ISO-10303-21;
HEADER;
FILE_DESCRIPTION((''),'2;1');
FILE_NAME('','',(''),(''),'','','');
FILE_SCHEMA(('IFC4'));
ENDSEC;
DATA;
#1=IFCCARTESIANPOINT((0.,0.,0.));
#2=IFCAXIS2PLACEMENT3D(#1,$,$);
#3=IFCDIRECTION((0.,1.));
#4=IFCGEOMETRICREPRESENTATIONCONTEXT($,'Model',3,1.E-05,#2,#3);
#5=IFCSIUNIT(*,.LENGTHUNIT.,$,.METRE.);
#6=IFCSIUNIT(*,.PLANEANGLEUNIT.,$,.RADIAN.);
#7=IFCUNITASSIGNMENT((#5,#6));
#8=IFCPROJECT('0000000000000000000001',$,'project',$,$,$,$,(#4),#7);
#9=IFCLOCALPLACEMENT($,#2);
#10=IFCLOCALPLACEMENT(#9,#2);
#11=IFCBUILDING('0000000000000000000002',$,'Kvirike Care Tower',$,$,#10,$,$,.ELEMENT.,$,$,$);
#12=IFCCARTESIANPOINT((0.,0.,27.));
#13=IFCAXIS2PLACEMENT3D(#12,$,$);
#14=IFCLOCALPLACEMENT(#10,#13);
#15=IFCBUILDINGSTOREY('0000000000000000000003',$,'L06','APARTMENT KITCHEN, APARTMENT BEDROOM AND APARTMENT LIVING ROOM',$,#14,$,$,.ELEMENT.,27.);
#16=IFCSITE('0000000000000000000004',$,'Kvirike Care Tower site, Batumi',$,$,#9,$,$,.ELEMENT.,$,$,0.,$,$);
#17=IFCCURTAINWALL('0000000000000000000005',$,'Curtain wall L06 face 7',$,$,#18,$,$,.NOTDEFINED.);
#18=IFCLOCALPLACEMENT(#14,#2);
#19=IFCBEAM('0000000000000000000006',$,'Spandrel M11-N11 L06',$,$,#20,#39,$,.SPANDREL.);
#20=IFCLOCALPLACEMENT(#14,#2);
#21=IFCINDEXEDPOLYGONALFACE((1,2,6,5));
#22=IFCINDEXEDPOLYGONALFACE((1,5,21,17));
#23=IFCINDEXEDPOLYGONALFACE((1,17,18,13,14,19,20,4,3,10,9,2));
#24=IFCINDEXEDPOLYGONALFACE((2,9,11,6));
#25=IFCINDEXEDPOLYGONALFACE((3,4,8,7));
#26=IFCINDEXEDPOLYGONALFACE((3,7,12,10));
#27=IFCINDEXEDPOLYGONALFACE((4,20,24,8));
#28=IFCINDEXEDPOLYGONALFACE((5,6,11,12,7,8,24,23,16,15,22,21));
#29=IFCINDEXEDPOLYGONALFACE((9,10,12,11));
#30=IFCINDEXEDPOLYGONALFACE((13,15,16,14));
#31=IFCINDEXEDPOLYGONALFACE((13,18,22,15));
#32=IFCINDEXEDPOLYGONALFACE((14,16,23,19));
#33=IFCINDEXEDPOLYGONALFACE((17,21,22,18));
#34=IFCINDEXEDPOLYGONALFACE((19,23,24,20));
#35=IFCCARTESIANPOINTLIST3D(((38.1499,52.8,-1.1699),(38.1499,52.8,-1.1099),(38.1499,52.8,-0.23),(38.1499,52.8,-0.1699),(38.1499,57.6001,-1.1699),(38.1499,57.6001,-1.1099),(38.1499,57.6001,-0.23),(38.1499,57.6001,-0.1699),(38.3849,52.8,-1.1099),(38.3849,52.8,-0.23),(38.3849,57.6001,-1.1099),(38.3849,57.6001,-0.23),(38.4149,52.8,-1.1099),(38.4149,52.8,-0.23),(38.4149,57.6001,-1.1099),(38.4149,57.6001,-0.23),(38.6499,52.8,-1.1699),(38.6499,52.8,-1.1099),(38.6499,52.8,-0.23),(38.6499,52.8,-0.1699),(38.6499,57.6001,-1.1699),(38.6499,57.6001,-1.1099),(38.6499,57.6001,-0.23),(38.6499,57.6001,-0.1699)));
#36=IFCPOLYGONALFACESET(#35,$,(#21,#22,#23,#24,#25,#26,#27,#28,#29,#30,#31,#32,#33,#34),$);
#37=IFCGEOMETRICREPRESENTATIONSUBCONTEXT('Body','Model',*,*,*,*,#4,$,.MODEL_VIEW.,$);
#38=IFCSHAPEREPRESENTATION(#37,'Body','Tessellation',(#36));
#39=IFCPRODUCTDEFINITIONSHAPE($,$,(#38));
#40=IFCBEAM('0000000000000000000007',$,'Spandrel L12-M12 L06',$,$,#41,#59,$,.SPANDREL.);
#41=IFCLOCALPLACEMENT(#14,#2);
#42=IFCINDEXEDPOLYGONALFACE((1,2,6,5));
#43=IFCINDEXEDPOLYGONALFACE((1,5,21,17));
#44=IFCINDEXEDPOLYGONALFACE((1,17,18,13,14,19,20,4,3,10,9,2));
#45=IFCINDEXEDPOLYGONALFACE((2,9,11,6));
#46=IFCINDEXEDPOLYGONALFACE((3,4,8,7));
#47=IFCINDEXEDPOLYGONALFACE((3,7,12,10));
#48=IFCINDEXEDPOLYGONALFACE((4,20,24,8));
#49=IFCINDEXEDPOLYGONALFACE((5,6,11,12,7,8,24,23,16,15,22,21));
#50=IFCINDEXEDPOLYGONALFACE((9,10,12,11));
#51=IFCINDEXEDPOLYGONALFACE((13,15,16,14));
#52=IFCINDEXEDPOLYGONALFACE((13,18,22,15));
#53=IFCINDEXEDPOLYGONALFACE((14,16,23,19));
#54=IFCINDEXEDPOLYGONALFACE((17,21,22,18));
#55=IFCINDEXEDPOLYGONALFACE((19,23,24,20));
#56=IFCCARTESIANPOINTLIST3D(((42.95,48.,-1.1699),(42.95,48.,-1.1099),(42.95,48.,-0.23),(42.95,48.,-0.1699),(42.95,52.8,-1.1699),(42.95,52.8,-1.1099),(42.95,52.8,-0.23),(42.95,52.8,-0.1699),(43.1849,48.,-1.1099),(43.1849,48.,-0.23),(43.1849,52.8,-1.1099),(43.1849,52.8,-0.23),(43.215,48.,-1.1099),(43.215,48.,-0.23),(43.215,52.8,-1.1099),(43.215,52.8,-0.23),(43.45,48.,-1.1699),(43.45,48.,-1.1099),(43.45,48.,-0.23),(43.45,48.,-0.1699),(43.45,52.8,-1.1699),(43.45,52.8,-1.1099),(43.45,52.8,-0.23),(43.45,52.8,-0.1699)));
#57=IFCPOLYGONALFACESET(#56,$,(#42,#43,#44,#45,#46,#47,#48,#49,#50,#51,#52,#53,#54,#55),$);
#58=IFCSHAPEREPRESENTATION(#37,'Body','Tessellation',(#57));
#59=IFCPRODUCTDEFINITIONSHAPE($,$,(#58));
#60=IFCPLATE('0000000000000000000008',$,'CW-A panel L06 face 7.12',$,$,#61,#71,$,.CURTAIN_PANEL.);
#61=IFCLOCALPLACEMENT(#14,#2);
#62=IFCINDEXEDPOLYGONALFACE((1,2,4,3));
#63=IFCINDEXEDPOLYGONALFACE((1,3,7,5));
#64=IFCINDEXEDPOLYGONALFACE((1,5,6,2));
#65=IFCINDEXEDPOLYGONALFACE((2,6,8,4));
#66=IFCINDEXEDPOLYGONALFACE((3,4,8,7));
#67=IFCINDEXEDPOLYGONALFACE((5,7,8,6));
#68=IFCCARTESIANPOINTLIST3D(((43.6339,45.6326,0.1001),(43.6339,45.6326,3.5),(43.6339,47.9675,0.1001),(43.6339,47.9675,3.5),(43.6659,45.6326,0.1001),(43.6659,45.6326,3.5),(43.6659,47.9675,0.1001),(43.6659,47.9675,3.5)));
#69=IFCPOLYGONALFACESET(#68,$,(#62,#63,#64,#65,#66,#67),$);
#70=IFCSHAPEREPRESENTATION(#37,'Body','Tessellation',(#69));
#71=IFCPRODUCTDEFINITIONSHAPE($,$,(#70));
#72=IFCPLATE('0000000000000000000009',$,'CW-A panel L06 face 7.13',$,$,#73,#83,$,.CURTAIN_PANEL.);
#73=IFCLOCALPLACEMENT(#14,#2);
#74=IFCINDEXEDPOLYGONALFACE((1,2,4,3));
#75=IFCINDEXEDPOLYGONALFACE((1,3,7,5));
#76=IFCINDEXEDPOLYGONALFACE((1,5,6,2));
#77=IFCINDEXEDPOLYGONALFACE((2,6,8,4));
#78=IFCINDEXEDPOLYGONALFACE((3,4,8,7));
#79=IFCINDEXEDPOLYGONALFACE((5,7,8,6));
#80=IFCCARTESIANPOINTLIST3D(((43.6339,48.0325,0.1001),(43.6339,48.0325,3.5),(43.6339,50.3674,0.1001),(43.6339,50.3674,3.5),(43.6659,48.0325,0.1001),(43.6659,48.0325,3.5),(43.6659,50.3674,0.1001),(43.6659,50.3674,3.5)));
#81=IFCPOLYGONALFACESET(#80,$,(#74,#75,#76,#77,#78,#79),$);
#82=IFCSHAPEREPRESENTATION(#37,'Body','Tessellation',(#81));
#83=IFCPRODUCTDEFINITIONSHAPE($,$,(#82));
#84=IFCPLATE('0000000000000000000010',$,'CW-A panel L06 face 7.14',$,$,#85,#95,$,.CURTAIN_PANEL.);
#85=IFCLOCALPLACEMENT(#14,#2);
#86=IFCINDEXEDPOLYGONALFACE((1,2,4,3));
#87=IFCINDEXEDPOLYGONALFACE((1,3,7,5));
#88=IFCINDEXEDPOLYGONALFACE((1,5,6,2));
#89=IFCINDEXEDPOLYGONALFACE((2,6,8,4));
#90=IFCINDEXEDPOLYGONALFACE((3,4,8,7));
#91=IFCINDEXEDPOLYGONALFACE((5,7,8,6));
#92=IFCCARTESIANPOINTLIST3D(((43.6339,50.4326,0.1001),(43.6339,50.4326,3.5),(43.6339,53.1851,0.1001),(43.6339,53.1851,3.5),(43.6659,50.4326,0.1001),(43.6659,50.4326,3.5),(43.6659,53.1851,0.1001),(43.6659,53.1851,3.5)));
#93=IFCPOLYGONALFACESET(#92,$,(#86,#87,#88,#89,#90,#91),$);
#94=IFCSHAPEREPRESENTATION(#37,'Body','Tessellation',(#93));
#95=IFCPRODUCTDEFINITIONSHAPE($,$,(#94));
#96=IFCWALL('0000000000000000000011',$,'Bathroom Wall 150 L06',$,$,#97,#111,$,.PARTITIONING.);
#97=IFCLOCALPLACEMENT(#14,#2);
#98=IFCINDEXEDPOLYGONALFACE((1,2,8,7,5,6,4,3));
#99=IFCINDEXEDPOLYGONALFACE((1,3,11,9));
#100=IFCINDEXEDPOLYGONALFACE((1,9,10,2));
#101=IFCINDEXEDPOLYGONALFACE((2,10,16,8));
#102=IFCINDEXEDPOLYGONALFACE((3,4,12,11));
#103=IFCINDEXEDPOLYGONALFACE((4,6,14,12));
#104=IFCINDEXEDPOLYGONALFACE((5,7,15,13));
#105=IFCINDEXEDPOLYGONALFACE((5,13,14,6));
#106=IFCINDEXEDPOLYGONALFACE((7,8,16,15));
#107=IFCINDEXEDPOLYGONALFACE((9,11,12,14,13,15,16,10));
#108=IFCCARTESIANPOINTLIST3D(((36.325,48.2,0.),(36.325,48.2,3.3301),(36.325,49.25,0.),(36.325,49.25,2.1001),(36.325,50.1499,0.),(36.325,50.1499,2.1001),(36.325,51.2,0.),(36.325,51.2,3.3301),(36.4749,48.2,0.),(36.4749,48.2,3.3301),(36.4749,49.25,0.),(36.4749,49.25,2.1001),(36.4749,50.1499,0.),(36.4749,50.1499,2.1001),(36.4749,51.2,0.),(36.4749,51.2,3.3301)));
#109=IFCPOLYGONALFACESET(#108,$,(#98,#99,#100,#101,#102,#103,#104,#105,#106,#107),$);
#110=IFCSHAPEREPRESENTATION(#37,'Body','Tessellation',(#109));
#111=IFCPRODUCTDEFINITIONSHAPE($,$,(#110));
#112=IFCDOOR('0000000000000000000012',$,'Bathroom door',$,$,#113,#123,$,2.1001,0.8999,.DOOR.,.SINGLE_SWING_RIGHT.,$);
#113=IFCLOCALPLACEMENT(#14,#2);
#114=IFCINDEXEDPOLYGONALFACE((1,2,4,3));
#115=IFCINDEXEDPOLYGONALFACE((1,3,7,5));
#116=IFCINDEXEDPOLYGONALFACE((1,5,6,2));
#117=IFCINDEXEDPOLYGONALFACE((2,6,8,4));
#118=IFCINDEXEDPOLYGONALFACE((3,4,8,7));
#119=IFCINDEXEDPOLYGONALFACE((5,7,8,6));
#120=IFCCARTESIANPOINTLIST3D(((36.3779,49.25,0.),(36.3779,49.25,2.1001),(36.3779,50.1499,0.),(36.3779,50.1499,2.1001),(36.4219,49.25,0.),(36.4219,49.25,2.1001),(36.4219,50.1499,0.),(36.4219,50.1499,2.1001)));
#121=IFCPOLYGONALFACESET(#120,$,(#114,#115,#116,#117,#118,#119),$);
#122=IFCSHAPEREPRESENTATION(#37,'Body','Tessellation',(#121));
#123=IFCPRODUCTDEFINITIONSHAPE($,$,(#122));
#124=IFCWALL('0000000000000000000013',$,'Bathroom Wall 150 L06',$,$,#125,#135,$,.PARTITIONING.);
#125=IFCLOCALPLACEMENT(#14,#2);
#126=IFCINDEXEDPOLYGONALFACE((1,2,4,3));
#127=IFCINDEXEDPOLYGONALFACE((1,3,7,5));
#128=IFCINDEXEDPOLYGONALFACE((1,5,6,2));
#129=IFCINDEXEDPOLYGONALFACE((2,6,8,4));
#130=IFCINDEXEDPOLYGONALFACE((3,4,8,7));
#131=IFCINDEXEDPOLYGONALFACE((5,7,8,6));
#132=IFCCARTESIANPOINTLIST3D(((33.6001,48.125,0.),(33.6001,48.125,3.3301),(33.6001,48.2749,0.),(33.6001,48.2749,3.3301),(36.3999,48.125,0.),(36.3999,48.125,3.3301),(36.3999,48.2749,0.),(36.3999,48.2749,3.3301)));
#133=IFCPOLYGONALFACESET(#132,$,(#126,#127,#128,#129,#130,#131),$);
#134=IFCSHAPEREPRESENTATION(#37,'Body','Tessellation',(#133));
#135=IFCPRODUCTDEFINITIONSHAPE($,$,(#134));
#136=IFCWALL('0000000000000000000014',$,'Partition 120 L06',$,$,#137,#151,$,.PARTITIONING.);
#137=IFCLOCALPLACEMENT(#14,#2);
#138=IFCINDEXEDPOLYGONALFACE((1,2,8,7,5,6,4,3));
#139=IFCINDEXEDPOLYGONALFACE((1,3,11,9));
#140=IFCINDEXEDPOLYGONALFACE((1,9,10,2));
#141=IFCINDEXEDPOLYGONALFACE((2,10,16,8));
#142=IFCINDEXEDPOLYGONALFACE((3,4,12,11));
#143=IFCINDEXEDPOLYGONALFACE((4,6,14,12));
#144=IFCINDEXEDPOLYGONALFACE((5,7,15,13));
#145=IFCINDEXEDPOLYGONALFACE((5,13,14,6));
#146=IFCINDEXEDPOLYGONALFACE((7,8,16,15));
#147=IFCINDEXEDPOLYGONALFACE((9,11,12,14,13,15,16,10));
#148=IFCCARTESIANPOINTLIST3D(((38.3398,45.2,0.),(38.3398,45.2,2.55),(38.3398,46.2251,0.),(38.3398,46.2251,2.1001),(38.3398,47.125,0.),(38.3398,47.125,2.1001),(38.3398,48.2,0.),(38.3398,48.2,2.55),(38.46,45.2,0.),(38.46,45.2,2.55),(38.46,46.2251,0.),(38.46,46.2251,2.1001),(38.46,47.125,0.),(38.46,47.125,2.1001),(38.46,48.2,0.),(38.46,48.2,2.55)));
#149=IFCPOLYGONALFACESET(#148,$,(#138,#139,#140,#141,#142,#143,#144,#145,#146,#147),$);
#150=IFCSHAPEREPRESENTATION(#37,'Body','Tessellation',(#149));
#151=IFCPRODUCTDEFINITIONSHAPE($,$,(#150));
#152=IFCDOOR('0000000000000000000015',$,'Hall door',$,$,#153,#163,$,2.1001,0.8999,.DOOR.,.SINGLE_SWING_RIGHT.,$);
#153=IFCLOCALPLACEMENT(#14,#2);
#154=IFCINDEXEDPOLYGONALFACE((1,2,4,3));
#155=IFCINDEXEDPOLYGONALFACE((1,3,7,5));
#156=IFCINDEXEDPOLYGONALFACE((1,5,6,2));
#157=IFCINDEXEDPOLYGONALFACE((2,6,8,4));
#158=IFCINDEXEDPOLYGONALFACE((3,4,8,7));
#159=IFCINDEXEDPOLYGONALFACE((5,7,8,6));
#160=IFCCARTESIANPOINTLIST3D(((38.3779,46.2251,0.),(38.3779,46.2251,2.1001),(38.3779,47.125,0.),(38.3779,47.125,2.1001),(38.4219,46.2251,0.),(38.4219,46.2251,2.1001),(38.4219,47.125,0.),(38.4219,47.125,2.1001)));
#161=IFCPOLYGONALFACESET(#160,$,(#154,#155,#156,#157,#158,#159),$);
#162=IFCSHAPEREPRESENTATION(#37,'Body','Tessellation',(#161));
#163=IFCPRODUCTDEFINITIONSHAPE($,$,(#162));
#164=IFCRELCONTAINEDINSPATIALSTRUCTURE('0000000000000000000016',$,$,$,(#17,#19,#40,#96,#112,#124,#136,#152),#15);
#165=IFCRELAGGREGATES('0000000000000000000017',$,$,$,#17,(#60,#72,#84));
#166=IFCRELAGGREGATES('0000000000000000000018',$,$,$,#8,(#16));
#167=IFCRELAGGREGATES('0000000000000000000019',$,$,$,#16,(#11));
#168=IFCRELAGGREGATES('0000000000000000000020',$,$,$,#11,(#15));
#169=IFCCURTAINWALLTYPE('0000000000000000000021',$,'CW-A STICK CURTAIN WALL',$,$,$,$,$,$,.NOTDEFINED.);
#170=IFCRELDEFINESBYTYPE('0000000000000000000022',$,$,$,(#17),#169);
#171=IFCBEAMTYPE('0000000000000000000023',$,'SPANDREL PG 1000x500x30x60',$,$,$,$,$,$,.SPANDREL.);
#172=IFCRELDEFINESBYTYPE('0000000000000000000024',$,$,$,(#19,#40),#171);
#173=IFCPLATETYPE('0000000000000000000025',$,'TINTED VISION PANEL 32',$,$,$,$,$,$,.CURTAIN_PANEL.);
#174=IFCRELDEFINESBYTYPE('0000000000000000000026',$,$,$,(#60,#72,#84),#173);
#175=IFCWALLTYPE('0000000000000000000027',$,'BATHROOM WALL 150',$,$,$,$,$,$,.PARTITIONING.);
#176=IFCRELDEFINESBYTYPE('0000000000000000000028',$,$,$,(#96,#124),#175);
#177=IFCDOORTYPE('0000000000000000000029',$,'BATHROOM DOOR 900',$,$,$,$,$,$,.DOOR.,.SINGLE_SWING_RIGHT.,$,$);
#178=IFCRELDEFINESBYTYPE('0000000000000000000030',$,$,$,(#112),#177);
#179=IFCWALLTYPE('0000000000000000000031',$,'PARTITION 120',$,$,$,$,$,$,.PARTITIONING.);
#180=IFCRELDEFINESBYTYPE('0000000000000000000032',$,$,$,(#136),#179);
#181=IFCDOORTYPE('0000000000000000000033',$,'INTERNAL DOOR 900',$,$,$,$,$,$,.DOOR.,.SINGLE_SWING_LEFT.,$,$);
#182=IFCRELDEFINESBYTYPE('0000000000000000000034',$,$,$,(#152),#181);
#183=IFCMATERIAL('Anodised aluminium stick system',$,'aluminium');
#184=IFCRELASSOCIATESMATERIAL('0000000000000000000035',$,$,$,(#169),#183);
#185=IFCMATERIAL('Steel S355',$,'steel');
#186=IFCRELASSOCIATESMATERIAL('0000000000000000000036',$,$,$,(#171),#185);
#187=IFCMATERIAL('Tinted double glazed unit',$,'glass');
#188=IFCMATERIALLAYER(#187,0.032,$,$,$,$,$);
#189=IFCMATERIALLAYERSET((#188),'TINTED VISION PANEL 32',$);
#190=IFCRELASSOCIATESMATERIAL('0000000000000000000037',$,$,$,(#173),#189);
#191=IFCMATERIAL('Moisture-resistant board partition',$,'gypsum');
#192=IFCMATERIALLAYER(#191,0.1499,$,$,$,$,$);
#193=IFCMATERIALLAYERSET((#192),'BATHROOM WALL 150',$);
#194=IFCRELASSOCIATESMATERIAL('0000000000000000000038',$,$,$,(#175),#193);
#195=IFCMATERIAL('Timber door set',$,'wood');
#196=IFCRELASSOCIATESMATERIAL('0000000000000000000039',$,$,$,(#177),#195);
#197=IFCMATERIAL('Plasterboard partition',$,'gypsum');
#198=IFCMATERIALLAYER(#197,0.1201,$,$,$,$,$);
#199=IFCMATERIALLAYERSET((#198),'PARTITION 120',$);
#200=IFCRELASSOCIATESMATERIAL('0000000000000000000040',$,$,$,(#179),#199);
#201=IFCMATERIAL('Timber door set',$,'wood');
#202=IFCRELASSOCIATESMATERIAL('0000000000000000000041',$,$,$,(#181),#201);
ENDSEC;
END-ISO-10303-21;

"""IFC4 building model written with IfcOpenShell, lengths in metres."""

from ifc_helpers import new_model, si_unit, direction, frame, frame_2d, origin, origin_2d, place, context, subcontext, project, spatial, rectangle, i_section, extrude, material, layer, layer_set, material_profile, profile_set, type_object, element, fill, aggregate, save


model = new_model("IFC4")

# Units and contexts
model_context = context("Model", 3, precision=1e-05, world=origin(), true_north=direction((0.0, 1.0)))
body_context = subcontext(model_context, "Body", "Model", "MODEL_VIEW")
ifc_project = project(units=[si_unit("LENGTHUNIT", "METRE"), si_unit("PLANEANGLEUNIT", "RADIAN")], contexts=[model_context])

# Site, building, storey
site_placement = place(None, origin())
site = spatial("IfcSite", under=ifc_project, at=site_placement, Name="Kvirike Care Tower site, Batumi", CompositionType="ELEMENT", RefElevation=0.0)
building_placement = place(site_placement, origin())
building = spatial("IfcBuilding", under=site, at=building_placement, Name="Kvirike Care Tower", CompositionType="ELEMENT")
storey_placement = place(building_placement, frame((0.0, 0.0, 27.0)))
storey = spatial("IfcBuildingStorey", under=building, at=storey_placement, Name="L06", Description="APARTMENT KITCHEN, APARTMENT BEDROOM AND APARTMENT LIVING ROOM", CompositionType="ELEMENT", Elevation=27.0)

# Curtain wall
ifc_material_1 = material(Name="Anodised aluminium stick system", Category="aluminium")
curtain_wall_type = type_object("IfcCurtainWallType", Name="CW-A STICK CURTAIN WALL", PredefinedType="NOTDEFINED", material=ifc_material_1)
curtain_wall_placement = place(storey_placement, origin())
curtain_wall = element("IfcCurtainWall", 1, at=curtain_wall_placement, inside=storey, type_object=curtain_wall_type, Name="Curtain wall L06 face 7", PredefinedType="NOTDEFINED")

# Beams
ifc_material_2 = material(Name="Steel S355", Category="steel")
ifc_material_profile_1 = material_profile(ifc_material_2, i_section(OverallWidth=0.5, OverallDepth=1.0, WebThickness=0.03, FlangeThickness=0.0601, at=origin_2d()), Name="PG 1000x500x30x60")
ifc_profile_set_1 = profile_set([ifc_material_profile_1], Name="Steel S355")
beam_type = type_object("IfcBeamType", Name="SPANDREL PG 1000x500x30x60", PredefinedType="SPANDREL", material=ifc_profile_set_1)
for number, where, z_axis, x_axis, name in (
    (2, (38.3999, 52.8, -0.6699), (0.0, 1.0, 0.0), (-1.0, 0.0, 0.0), "Spandrel M11-N11 L06"),
    (3, (43.2, 48.0, -0.6699), (0.0, 1.0, 0.0), (-1.0, 0.0, 0.0), "Spandrel L12-M12 L06"),
):
    element("IfcBeam", number, at=place(storey_placement, frame(where, z_axis=z_axis, x_axis=x_axis)), inside=storey, type_object=beam_type, Name=name, PredefinedType="SPANDREL", context=body_context, shape_type="SweptSolid", body=[
        extrude(i_section(OverallWidth=0.5, OverallDepth=1.0, WebThickness=0.03, FlangeThickness=0.0601, at=origin_2d()), origin(), (0.0, 0.0, 1.0), 4.8),
    ])

# Plates
ifc_material_3 = material(Name="Tinted double glazed unit", Category="glass")
ifc_layer_1 = layer(ifc_material_3, 0.032)
ifc_layer_set_1 = layer_set([ifc_layer_1], Name="TINTED VISION PANEL 32")
plate_type = type_object("IfcPlateType", Name="TINTED VISION PANEL 32", PredefinedType="CURTAIN_PANEL", material=ifc_layer_set_1)
plate_1_placement = place(storey_placement, frame((43.6499, 46.8, 0.1001), z_axis=(0.0, 0.0, 1.0), x_axis=(0.0, 1.0, 0.0)))
plate_1 = element("IfcPlate", 4, at=plate_1_placement, type_object=plate_type, Name="CW-A panel L06 face 7.12", PredefinedType="CURTAIN_PANEL", context=body_context, shape_type="SweptSolid", body=[
    extrude(rectangle(XDim=2.335, YDim=0.032, at=origin_2d()), origin(), (0.0, 0.0, 1.0), 3.3999),
])
plate_2_placement = place(storey_placement, frame((43.6499, 49.2, 0.1001), z_axis=(0.0, 0.0, 1.0), x_axis=(0.0, 1.0, 0.0)))
plate_2 = element("IfcPlate", 5, at=plate_2_placement, type_object=plate_type, Name="CW-A panel L06 face 7.13", PredefinedType="CURTAIN_PANEL", context=body_context, shape_type="SweptSolid", body=[
    extrude(rectangle(XDim=2.335, YDim=0.032, at=origin_2d()), origin(), (0.0, 0.0, 1.0), 3.3999),
])
plate_3_placement = place(storey_placement, frame((43.6499, 51.8088, 0.1001), z_axis=(0.0, 0.0, 1.0), x_axis=(0.0, 1.0, 0.0)))
plate_3 = element("IfcPlate", 6, at=plate_3_placement, type_object=plate_type, Name="CW-A panel L06 face 7.14", PredefinedType="CURTAIN_PANEL", context=body_context, shape_type="SweptSolid", body=[
    extrude(rectangle(XDim=2.7524, YDim=0.032, at=origin_2d()), origin(), (0.0, 0.0, 1.0), 3.3999),
])
aggregate(curtain_wall, [plate_1, plate_2, plate_3])

# Wall, opening, door
ifc_material_4 = material(Name="Moisture-resistant board partition", Category="gypsum")
ifc_layer_2 = layer(ifc_material_4, 0.1499)
ifc_layer_set_2 = layer_set([ifc_layer_2], Name="BATHROOM WALL 150")
wall_type_1 = type_object("IfcWallType", Name="BATHROOM WALL 150", PredefinedType="PARTITIONING", material=ifc_layer_set_2)
wall_1_placement = place(storey_placement, frame((36.3999, 51.2, 0.0), z_axis=(0.0, 0.0, 1.0), x_axis=(0.0, -1.0, 0.0)))
wall_1 = element("IfcWall", 7, at=wall_1_placement, inside=storey, type_object=wall_type_1, Name="Bathroom Wall 150 L06", PredefinedType="PARTITIONING", context=body_context, shape_type="SweptSolid", body=[
    extrude(rectangle(XDim=3.0, YDim=0.1499, at=frame_2d((1.5, 0.0))), origin(), (0.0, 0.0, 1.0), 3.3301),
])
opening_1_placement = place(wall_1_placement, frame((1.05, 0.0, 0.0)))
opening_1 = element("IfcOpeningElement", 8, at=opening_1_placement, cuts=wall_1, PredefinedType="OPENING", context=body_context, shape_type="SweptSolid", body=[
    extrude(rectangle(XDim=0.8999, YDim=2.1001, at=frame_2d((0.45, 1.05))), frame((0.0, 0.0854, 0.0), z_axis=(0.0, -1.0, 0.0), x_axis=(1.0, 0.0, 0.0)), (0.0, 0.0, 1.0), 0.1709),
])
ifc_material_5 = material(Name="Timber door set", Category="wood")
door_type_1 = type_object("IfcDoorType", Name="BATHROOM DOOR 900", OperationType="SINGLE_SWING_RIGHT", PredefinedType="DOOR", material=ifc_material_5)
door_1_placement = place(opening_1_placement, frame((0.8999, 0.0, 0.0), z_axis=(0.0, 0.0, 1.0), x_axis=(-1.0, 0.0, 0.0)))
door_1 = element("IfcDoor", 9, at=door_1_placement, inside=storey, type_object=door_type_1, Name="Bathroom door", OperationType="SINGLE_SWING_RIGHT", OverallHeight=2.1001, OverallWidth=0.8999, PredefinedType="DOOR", context=body_context, shape_type="SweptSolid", body=[
    extrude(rectangle(XDim=0.8999, YDim=2.1001, at=frame_2d((0.45, 1.05))), frame((0.0, 0.022, 0.0), z_axis=(0.0, -1.0, 0.0), x_axis=(1.0, 0.0, 0.0)), (0.0, 0.0, 1.0), 0.0439),
])
fill(opening_1, door_1)

# Wall
wall_2_placement = place(storey_placement, frame((36.3999, 48.2, 0.0), z_axis=(0.0, 0.0, 1.0), x_axis=(-1.0, 0.0, 0.0)))
element("IfcWall", 10, at=wall_2_placement, inside=storey, type_object=wall_type_1, Name="Bathroom Wall 150 L06", PredefinedType="PARTITIONING", context=body_context, shape_type="SweptSolid", body=[
    extrude(rectangle(XDim=2.7998, YDim=0.1499, at=frame_2d((1.3999, 0.0))), origin(), (0.0, 0.0, 1.0), 3.3301),
])

# Wall, opening, door
ifc_material_6 = material(Name="Plasterboard partition", Category="gypsum")
ifc_layer_3 = layer(ifc_material_6, 0.1201)
ifc_layer_set_3 = layer_set([ifc_layer_3], Name="PARTITION 120")
wall_type_2 = type_object("IfcWallType", Name="PARTITION 120", PredefinedType="PARTITIONING", material=ifc_layer_set_3)
wall_3_placement = place(storey_placement, frame((38.3999, 48.2, 0.0), z_axis=(0.0, 0.0, 1.0), x_axis=(0.0, -1.0, 0.0)))
wall_3 = element("IfcWall", 11, at=wall_3_placement, inside=storey, type_object=wall_type_2, Name="Partition 120 L06", PredefinedType="PARTITIONING", context=body_context, shape_type="SweptSolid", body=[
    extrude(rectangle(XDim=3.0, YDim=0.1201, at=frame_2d((1.5, 0.0))), origin(), (0.0, 0.0, 1.0), 2.55),
])
opening_2_placement = place(wall_3_placement, frame((1.075, 0.0, 0.0)))
opening_2 = element("IfcOpeningElement", 12, at=opening_2_placement, cuts=wall_3, PredefinedType="OPENING", context=body_context, shape_type="SweptSolid", body=[
    extrude(rectangle(XDim=0.8999, YDim=2.1001, at=frame_2d((0.45, 1.05))), frame((0.0, 0.0706, 0.0), z_axis=(0.0, -1.0, 0.0), x_axis=(1.0, 0.0, 0.0)), (0.0, 0.0, 1.0), 0.1411),
])
ifc_material_7 = material(Name="Timber door set", Category="wood")
door_type_2 = type_object("IfcDoorType", Name="INTERNAL DOOR 900", OperationType="SINGLE_SWING_LEFT", PredefinedType="DOOR", material=ifc_material_7)
door_2_placement = place(opening_2_placement, frame((0.8999, 0.0, 0.0), z_axis=(0.0, 0.0, 1.0), x_axis=(-1.0, 0.0, 0.0)))
door_2 = element("IfcDoor", 13, at=door_2_placement, inside=storey, type_object=door_type_2, Name="Hall door", OperationType="SINGLE_SWING_RIGHT", OverallHeight=2.1001, OverallWidth=0.8999, PredefinedType="DOOR", context=body_context, shape_type="SweptSolid", body=[
    extrude(rectangle(XDim=0.8999, YDim=2.1001, at=frame_2d((0.45, 1.05))), frame((0.0, 0.022, 0.0), z_axis=(0.0, -1.0, 0.0), x_axis=(1.0, 0.0, 0.0)), (0.0, 0.0, 1.0), 0.0439),
])
fill(opening_2, door_2)

save(model, "model.ifc")
